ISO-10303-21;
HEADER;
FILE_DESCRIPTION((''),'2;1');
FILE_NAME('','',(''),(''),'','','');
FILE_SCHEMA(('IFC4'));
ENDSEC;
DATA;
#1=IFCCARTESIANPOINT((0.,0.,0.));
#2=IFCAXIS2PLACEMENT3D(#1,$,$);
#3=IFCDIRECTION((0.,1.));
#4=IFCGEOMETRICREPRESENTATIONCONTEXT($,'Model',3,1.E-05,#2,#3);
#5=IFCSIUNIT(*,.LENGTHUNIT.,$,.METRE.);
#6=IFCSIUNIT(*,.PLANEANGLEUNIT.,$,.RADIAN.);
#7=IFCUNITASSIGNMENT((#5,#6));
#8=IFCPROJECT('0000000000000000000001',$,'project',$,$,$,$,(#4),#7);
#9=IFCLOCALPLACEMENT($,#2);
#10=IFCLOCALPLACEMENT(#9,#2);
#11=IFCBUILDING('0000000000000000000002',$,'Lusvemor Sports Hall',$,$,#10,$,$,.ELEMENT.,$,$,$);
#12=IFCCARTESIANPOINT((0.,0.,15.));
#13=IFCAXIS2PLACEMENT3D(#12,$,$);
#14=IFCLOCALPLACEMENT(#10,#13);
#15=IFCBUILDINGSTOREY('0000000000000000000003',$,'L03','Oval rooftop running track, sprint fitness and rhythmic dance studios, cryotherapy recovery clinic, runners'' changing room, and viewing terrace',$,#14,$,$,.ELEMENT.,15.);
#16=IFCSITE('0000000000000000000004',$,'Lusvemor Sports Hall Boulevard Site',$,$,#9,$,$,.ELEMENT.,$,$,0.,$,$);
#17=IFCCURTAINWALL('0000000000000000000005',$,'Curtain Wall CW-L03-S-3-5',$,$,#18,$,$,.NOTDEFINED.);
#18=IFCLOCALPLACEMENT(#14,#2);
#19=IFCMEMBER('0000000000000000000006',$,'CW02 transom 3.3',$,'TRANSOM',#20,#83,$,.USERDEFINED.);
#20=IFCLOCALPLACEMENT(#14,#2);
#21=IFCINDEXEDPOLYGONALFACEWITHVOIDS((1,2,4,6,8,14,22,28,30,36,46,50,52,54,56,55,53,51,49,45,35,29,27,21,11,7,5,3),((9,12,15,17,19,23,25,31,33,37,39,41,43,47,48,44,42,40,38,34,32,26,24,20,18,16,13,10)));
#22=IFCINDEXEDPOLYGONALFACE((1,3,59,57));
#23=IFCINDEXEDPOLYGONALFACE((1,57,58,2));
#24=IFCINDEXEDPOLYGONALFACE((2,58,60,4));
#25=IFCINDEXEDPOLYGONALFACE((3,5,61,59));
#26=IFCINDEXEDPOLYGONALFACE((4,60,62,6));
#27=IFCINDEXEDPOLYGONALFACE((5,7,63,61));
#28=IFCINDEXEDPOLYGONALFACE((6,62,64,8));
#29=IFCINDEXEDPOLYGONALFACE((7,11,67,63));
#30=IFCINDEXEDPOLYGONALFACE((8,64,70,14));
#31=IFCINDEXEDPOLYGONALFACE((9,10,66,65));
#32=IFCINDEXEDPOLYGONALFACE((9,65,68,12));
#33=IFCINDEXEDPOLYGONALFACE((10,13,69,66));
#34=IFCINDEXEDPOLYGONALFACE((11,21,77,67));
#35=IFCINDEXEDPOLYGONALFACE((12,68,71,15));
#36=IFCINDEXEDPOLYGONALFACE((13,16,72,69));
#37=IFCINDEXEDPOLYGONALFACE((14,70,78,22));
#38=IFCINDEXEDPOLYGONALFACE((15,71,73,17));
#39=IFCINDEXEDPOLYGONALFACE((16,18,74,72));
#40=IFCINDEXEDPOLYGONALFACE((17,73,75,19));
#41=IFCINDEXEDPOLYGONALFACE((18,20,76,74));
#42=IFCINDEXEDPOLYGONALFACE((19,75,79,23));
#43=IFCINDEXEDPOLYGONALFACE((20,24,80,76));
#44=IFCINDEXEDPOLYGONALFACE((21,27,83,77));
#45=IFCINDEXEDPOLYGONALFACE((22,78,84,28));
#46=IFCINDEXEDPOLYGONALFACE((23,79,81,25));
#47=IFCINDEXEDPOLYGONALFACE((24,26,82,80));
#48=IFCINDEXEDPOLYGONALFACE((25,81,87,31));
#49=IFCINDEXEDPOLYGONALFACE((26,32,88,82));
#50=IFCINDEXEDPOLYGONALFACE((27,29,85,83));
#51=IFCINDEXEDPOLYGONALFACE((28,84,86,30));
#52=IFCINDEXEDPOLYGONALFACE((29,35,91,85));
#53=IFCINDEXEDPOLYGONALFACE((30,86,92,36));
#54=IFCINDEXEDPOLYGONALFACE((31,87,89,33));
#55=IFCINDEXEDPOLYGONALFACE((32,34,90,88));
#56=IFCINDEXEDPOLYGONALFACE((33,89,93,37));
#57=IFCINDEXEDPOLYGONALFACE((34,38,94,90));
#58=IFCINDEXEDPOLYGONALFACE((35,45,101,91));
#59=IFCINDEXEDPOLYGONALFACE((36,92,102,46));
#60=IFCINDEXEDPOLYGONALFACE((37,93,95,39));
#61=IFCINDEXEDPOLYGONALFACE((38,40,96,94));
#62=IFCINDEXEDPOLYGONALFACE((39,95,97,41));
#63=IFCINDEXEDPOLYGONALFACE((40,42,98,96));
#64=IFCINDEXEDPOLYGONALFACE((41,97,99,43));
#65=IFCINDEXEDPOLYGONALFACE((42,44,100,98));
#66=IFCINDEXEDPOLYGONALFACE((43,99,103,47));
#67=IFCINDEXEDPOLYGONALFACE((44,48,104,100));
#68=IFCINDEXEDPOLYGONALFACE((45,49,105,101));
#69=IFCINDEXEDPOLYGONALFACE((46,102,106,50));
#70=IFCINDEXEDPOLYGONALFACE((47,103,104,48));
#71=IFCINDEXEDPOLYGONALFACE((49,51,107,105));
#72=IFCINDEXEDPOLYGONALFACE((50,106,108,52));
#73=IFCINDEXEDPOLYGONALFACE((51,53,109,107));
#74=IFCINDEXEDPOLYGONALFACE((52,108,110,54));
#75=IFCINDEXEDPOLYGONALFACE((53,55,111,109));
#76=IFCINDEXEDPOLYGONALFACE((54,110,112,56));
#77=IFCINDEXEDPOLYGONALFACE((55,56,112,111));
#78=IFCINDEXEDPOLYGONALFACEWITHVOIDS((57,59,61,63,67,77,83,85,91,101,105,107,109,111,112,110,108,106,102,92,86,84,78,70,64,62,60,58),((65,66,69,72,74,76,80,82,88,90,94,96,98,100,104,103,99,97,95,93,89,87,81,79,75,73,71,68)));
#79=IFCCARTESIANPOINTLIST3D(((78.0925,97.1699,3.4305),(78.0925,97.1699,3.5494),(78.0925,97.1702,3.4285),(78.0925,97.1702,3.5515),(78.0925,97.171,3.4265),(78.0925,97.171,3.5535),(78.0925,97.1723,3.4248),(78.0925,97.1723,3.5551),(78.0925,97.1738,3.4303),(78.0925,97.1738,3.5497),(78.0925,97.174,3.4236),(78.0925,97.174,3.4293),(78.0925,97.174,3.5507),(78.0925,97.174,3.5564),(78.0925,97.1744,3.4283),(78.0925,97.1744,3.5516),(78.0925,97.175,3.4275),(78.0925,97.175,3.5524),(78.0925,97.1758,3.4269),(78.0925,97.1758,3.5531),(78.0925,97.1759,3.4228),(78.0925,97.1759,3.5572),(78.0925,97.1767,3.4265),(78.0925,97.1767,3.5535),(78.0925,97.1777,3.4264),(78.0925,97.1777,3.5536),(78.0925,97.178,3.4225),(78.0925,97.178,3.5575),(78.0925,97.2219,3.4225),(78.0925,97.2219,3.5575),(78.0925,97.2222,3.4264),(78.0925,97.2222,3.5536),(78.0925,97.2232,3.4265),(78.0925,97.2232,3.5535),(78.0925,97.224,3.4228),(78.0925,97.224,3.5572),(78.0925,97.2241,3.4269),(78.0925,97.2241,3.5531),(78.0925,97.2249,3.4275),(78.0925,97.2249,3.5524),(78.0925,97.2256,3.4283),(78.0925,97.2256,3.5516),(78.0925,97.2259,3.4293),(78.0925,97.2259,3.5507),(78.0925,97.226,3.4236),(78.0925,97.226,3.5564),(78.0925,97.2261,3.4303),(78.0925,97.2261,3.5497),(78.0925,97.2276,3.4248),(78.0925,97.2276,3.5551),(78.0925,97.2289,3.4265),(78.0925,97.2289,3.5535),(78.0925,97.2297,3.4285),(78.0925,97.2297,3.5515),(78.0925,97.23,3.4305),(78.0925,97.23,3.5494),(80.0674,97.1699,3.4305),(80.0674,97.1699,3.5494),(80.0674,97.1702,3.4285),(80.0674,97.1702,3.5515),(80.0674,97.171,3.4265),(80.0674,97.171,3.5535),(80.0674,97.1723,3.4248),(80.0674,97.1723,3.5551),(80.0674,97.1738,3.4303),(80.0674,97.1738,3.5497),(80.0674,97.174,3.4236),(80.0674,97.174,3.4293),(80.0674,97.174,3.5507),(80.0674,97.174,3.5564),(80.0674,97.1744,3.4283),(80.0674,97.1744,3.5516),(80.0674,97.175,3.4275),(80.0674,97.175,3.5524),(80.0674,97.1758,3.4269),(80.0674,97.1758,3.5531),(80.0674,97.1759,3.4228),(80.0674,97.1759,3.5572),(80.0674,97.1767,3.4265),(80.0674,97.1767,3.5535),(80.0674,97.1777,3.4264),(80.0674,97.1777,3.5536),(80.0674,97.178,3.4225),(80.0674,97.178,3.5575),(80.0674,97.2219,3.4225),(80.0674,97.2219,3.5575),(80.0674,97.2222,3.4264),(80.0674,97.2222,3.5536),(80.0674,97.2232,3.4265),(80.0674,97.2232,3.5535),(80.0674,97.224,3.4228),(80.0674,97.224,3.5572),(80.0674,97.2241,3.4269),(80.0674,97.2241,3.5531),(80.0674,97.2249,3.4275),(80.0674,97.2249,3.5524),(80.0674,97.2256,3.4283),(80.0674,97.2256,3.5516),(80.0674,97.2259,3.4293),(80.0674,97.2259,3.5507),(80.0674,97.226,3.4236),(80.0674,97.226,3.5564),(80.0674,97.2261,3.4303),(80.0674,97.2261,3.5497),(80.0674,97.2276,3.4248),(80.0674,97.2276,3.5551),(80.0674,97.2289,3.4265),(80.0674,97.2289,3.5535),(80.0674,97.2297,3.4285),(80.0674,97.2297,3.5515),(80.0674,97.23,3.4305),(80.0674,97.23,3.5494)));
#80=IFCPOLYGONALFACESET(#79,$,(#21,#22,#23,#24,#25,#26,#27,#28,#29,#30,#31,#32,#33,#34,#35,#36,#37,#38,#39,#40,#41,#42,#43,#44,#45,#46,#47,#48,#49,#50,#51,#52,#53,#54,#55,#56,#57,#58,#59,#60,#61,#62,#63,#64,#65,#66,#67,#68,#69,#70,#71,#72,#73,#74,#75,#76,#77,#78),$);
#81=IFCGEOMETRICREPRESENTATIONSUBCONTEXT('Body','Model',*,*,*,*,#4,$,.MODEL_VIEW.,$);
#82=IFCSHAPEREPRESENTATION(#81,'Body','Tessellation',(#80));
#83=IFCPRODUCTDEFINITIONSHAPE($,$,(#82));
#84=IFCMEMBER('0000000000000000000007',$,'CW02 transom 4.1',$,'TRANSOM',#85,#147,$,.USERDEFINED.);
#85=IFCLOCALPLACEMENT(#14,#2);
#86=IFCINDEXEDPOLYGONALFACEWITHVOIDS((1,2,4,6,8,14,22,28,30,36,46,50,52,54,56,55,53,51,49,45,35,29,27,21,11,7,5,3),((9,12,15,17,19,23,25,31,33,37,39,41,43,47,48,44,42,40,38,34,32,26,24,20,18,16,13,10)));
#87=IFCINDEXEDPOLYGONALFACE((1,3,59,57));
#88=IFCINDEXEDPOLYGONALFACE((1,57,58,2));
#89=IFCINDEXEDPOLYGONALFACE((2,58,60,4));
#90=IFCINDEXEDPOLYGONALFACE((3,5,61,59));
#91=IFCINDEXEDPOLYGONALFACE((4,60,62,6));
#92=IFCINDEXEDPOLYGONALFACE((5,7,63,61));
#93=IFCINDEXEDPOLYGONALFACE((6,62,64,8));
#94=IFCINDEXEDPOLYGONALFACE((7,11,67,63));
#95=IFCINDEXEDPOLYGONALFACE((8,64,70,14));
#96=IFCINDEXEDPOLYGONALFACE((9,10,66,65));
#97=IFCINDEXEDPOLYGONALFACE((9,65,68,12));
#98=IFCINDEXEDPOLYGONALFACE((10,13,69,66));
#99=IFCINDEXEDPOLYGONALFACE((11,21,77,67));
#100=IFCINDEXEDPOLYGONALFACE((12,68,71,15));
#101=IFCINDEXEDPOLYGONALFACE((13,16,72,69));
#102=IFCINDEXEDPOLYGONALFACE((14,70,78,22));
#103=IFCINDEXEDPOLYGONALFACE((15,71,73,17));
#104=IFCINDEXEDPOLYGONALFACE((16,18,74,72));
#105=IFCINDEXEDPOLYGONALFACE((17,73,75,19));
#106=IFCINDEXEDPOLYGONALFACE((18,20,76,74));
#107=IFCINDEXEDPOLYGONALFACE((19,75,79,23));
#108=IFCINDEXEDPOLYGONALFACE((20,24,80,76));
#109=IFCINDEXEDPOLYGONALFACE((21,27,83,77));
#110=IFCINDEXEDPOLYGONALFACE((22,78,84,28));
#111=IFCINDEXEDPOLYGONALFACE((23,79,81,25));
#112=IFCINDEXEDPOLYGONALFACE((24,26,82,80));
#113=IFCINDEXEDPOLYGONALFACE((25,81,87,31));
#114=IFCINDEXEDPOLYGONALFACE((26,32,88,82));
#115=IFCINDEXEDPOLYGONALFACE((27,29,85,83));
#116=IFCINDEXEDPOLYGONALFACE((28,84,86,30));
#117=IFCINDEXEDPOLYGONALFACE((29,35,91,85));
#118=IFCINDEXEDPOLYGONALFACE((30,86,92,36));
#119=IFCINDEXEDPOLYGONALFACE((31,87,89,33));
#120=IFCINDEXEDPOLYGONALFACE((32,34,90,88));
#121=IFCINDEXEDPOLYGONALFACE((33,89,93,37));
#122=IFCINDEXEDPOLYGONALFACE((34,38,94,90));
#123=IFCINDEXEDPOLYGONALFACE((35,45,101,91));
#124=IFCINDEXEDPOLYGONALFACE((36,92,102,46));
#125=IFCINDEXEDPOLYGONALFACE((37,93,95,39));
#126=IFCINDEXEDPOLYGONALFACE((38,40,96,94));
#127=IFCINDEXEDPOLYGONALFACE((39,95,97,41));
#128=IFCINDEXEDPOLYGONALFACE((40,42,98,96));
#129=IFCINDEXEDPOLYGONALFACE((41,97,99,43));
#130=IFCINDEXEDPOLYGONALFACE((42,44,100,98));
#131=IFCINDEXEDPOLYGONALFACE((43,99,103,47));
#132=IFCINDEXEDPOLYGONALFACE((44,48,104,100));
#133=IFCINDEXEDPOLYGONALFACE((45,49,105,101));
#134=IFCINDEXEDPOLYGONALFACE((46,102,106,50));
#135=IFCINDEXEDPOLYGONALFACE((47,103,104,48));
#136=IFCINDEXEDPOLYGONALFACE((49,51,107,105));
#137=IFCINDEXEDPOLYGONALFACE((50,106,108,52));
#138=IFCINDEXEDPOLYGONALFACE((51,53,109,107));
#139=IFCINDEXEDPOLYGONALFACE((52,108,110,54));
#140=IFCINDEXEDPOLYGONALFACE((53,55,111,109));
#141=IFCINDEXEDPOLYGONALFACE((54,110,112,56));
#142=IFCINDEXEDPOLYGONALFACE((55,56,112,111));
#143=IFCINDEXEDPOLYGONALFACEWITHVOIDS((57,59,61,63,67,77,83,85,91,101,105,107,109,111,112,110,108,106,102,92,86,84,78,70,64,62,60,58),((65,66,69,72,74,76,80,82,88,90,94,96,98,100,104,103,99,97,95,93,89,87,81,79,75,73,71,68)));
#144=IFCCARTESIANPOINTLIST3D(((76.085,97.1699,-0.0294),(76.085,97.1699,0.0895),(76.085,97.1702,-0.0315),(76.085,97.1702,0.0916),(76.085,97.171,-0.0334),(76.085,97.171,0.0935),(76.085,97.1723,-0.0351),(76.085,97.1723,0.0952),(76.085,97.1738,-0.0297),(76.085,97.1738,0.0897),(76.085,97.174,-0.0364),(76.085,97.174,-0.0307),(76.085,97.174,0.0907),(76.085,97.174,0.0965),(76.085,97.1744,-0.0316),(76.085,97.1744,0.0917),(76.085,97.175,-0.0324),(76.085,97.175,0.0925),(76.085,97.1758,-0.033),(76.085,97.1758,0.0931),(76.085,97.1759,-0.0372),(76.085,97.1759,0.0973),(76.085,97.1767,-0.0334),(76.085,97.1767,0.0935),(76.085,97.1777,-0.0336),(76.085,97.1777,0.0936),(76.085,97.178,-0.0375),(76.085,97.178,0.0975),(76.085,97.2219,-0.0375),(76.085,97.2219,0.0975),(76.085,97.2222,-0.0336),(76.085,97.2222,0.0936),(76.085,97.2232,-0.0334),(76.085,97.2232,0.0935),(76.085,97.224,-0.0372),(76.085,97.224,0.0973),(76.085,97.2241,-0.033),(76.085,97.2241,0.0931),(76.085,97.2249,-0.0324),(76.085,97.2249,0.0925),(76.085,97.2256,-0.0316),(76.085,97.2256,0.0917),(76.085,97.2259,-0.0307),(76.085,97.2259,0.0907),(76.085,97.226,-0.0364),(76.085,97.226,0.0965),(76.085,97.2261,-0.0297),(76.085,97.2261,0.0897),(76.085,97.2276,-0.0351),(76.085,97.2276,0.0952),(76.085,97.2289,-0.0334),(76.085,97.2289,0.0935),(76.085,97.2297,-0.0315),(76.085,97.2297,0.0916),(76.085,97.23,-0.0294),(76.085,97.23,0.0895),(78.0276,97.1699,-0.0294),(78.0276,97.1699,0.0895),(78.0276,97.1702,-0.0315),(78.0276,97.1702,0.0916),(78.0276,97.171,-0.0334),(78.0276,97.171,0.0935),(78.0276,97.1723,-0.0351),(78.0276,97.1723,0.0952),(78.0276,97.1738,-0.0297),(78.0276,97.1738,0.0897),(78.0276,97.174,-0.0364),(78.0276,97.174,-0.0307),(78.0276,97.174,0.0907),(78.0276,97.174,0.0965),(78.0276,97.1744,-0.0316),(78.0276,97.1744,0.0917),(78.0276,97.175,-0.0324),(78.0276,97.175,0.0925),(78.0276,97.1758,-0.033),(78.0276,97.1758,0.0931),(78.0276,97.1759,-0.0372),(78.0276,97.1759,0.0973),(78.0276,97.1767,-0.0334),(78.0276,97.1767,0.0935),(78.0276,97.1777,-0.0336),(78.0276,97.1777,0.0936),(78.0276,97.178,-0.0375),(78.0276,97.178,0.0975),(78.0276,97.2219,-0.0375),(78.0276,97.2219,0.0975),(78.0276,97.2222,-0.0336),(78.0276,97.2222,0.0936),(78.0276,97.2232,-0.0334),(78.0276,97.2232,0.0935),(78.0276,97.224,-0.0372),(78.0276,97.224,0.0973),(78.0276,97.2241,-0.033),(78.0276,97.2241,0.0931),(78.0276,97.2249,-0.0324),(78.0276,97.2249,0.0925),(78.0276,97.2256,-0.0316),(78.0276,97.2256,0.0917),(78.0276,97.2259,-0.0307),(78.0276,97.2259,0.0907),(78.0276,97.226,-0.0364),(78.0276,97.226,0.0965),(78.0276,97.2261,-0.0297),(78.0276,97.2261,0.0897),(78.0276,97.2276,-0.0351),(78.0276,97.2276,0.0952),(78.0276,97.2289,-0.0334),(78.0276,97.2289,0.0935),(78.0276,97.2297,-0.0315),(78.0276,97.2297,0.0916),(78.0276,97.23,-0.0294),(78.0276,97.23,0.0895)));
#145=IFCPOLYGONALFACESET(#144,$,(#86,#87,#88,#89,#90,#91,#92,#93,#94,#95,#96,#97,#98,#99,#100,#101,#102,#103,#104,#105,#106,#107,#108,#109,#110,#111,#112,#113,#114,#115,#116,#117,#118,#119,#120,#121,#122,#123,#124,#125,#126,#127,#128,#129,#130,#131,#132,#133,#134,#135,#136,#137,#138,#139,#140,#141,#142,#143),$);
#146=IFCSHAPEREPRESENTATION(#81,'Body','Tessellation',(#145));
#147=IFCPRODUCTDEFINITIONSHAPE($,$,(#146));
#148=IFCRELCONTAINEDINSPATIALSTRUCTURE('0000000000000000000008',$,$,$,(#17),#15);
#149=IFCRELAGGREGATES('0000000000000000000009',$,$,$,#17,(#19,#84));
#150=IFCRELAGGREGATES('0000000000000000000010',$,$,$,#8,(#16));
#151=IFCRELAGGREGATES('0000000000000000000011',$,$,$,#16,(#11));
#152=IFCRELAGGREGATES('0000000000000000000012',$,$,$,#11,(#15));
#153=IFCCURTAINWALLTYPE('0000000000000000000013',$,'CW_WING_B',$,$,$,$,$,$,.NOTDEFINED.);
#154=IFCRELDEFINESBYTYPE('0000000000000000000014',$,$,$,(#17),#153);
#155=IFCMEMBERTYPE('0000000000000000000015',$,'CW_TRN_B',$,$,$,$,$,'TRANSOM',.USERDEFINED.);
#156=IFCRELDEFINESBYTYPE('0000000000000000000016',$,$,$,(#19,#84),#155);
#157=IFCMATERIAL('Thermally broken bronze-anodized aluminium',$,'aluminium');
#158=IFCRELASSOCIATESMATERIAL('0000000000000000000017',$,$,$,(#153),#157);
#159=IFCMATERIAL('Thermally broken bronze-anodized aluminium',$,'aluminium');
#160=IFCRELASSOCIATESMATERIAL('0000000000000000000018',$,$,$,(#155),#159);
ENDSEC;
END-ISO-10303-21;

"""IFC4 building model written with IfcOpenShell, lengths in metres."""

from ifc_helpers import new_model, si_unit, direction, frame, origin, origin_2d, place, context, subcontext, project, spatial, hollow_rectangle, extrude, material, material_profile, profile_set, type_object, element, aggregate, save


model = new_model("IFC4")

# Units and contexts
model_context = context("Model", 3, precision=1e-05, world=origin(), true_north=direction((0.0, 1.0)))
body_context = subcontext(model_context, "Body", "Model", "MODEL_VIEW")
ifc_project = project(units=[si_unit("LENGTHUNIT", "METRE"), si_unit("PLANEANGLEUNIT", "RADIAN")], contexts=[model_context])

# Site, building, storey
site_placement = place(None, origin())
site = spatial("IfcSite", under=ifc_project, at=site_placement, Name="Lusvemor Sports Hall Boulevard Site", CompositionType="ELEMENT", RefElevation=0.0)
building_placement = place(site_placement, origin())
building = spatial("IfcBuilding", under=site, at=building_placement, Name="Lusvemor Sports Hall", CompositionType="ELEMENT")
storey_placement = place(building_placement, frame((0.0, 0.0, 15.0)))
storey = spatial("IfcBuildingStorey", under=building, at=storey_placement, Name="L03", Description="Oval rooftop running track, sprint fitness and rhythmic dance studios, cryotherapy recovery clinic, runners' changing room, and viewing terrace", CompositionType="ELEMENT", Elevation=15.0)

# Shared definitions
ifc_material_1 = material(Name="Thermally broken bronze-anodized aluminium", Category="aluminium")
curtain_wall_type = type_object("IfcCurtainWallType", Name="CW_WING_B", PredefinedType="NOTDEFINED", material=ifc_material_1)

# Curtain wall
curtain_wall_1_placement = place(storey_placement, origin())
curtain_wall_1 = element("IfcCurtainWall", 1, at=curtain_wall_1_placement, inside=storey, type_object=curtain_wall_type, Name="Curtain Wall CW-L03-S-3-5", PredefinedType="NOTDEFINED")

# Members
ifc_material_2 = material(Name="Thermally broken bronze-anodized aluminium", Category="aluminium")
ifc_material_profile_1 = material_profile(ifc_material_2, hollow_rectangle(XDim=0.0601, YDim=0.135, WallThickness=0.0039, InnerFilletRadius=0.0039, OuterFilletRadius=0.0081, at=origin_2d()), Name="CWTRN135x60x4")
ifc_profile_set_1 = profile_set([ifc_material_profile_1], Name="Thermally broken bronze-anodized aluminium")
member_type_1 = type_object("IfcMemberType", Name="CW_TRN_B", ElementType="TRANSOM", PredefinedType="USERDEFINED", material=ifc_profile_set_1)
member_1_placement = place(storey_placement, frame((80.0674, 97.2, 3.49), z_axis=(-1.0, 0.0, 0.0), x_axis=(0.0, -1.0, 0.0)))
member_1 = element("IfcMember", 2, at=member_1_placement, type_object=member_type_1, Name="CW02 transom 3.3", ObjectType="TRANSOM", PredefinedType="USERDEFINED", context=body_context, shape_type="SweptSolid", body=[
    extrude(hollow_rectangle(XDim=0.0601, YDim=0.135, WallThickness=0.0039, InnerFilletRadius=0.0039, OuterFilletRadius=0.0081, at=origin_2d()), origin(), (0.0, 0.0, 1.0), 1.9749),
])
member_2_placement = place(storey_placement, frame((78.0276, 97.2, 0.03), z_axis=(-1.0, 0.0, 0.0), x_axis=(0.0, -1.0, 0.0)))
member_2 = element("IfcMember", 3, at=member_2_placement, type_object=member_type_1, Name="CW02 transom 4.1", ObjectType="TRANSOM", PredefinedType="USERDEFINED", context=body_context, shape_type="SweptSolid", body=[
    extrude(hollow_rectangle(XDim=0.0601, YDim=0.135, WallThickness=0.0039, InnerFilletRadius=0.0039, OuterFilletRadius=0.0081, at=origin_2d()), origin(), (0.0, 0.0, 1.0), 1.9426),
])

aggregate(curtain_wall_1, [member_1, member_2])

save(model, "model.ifc")
